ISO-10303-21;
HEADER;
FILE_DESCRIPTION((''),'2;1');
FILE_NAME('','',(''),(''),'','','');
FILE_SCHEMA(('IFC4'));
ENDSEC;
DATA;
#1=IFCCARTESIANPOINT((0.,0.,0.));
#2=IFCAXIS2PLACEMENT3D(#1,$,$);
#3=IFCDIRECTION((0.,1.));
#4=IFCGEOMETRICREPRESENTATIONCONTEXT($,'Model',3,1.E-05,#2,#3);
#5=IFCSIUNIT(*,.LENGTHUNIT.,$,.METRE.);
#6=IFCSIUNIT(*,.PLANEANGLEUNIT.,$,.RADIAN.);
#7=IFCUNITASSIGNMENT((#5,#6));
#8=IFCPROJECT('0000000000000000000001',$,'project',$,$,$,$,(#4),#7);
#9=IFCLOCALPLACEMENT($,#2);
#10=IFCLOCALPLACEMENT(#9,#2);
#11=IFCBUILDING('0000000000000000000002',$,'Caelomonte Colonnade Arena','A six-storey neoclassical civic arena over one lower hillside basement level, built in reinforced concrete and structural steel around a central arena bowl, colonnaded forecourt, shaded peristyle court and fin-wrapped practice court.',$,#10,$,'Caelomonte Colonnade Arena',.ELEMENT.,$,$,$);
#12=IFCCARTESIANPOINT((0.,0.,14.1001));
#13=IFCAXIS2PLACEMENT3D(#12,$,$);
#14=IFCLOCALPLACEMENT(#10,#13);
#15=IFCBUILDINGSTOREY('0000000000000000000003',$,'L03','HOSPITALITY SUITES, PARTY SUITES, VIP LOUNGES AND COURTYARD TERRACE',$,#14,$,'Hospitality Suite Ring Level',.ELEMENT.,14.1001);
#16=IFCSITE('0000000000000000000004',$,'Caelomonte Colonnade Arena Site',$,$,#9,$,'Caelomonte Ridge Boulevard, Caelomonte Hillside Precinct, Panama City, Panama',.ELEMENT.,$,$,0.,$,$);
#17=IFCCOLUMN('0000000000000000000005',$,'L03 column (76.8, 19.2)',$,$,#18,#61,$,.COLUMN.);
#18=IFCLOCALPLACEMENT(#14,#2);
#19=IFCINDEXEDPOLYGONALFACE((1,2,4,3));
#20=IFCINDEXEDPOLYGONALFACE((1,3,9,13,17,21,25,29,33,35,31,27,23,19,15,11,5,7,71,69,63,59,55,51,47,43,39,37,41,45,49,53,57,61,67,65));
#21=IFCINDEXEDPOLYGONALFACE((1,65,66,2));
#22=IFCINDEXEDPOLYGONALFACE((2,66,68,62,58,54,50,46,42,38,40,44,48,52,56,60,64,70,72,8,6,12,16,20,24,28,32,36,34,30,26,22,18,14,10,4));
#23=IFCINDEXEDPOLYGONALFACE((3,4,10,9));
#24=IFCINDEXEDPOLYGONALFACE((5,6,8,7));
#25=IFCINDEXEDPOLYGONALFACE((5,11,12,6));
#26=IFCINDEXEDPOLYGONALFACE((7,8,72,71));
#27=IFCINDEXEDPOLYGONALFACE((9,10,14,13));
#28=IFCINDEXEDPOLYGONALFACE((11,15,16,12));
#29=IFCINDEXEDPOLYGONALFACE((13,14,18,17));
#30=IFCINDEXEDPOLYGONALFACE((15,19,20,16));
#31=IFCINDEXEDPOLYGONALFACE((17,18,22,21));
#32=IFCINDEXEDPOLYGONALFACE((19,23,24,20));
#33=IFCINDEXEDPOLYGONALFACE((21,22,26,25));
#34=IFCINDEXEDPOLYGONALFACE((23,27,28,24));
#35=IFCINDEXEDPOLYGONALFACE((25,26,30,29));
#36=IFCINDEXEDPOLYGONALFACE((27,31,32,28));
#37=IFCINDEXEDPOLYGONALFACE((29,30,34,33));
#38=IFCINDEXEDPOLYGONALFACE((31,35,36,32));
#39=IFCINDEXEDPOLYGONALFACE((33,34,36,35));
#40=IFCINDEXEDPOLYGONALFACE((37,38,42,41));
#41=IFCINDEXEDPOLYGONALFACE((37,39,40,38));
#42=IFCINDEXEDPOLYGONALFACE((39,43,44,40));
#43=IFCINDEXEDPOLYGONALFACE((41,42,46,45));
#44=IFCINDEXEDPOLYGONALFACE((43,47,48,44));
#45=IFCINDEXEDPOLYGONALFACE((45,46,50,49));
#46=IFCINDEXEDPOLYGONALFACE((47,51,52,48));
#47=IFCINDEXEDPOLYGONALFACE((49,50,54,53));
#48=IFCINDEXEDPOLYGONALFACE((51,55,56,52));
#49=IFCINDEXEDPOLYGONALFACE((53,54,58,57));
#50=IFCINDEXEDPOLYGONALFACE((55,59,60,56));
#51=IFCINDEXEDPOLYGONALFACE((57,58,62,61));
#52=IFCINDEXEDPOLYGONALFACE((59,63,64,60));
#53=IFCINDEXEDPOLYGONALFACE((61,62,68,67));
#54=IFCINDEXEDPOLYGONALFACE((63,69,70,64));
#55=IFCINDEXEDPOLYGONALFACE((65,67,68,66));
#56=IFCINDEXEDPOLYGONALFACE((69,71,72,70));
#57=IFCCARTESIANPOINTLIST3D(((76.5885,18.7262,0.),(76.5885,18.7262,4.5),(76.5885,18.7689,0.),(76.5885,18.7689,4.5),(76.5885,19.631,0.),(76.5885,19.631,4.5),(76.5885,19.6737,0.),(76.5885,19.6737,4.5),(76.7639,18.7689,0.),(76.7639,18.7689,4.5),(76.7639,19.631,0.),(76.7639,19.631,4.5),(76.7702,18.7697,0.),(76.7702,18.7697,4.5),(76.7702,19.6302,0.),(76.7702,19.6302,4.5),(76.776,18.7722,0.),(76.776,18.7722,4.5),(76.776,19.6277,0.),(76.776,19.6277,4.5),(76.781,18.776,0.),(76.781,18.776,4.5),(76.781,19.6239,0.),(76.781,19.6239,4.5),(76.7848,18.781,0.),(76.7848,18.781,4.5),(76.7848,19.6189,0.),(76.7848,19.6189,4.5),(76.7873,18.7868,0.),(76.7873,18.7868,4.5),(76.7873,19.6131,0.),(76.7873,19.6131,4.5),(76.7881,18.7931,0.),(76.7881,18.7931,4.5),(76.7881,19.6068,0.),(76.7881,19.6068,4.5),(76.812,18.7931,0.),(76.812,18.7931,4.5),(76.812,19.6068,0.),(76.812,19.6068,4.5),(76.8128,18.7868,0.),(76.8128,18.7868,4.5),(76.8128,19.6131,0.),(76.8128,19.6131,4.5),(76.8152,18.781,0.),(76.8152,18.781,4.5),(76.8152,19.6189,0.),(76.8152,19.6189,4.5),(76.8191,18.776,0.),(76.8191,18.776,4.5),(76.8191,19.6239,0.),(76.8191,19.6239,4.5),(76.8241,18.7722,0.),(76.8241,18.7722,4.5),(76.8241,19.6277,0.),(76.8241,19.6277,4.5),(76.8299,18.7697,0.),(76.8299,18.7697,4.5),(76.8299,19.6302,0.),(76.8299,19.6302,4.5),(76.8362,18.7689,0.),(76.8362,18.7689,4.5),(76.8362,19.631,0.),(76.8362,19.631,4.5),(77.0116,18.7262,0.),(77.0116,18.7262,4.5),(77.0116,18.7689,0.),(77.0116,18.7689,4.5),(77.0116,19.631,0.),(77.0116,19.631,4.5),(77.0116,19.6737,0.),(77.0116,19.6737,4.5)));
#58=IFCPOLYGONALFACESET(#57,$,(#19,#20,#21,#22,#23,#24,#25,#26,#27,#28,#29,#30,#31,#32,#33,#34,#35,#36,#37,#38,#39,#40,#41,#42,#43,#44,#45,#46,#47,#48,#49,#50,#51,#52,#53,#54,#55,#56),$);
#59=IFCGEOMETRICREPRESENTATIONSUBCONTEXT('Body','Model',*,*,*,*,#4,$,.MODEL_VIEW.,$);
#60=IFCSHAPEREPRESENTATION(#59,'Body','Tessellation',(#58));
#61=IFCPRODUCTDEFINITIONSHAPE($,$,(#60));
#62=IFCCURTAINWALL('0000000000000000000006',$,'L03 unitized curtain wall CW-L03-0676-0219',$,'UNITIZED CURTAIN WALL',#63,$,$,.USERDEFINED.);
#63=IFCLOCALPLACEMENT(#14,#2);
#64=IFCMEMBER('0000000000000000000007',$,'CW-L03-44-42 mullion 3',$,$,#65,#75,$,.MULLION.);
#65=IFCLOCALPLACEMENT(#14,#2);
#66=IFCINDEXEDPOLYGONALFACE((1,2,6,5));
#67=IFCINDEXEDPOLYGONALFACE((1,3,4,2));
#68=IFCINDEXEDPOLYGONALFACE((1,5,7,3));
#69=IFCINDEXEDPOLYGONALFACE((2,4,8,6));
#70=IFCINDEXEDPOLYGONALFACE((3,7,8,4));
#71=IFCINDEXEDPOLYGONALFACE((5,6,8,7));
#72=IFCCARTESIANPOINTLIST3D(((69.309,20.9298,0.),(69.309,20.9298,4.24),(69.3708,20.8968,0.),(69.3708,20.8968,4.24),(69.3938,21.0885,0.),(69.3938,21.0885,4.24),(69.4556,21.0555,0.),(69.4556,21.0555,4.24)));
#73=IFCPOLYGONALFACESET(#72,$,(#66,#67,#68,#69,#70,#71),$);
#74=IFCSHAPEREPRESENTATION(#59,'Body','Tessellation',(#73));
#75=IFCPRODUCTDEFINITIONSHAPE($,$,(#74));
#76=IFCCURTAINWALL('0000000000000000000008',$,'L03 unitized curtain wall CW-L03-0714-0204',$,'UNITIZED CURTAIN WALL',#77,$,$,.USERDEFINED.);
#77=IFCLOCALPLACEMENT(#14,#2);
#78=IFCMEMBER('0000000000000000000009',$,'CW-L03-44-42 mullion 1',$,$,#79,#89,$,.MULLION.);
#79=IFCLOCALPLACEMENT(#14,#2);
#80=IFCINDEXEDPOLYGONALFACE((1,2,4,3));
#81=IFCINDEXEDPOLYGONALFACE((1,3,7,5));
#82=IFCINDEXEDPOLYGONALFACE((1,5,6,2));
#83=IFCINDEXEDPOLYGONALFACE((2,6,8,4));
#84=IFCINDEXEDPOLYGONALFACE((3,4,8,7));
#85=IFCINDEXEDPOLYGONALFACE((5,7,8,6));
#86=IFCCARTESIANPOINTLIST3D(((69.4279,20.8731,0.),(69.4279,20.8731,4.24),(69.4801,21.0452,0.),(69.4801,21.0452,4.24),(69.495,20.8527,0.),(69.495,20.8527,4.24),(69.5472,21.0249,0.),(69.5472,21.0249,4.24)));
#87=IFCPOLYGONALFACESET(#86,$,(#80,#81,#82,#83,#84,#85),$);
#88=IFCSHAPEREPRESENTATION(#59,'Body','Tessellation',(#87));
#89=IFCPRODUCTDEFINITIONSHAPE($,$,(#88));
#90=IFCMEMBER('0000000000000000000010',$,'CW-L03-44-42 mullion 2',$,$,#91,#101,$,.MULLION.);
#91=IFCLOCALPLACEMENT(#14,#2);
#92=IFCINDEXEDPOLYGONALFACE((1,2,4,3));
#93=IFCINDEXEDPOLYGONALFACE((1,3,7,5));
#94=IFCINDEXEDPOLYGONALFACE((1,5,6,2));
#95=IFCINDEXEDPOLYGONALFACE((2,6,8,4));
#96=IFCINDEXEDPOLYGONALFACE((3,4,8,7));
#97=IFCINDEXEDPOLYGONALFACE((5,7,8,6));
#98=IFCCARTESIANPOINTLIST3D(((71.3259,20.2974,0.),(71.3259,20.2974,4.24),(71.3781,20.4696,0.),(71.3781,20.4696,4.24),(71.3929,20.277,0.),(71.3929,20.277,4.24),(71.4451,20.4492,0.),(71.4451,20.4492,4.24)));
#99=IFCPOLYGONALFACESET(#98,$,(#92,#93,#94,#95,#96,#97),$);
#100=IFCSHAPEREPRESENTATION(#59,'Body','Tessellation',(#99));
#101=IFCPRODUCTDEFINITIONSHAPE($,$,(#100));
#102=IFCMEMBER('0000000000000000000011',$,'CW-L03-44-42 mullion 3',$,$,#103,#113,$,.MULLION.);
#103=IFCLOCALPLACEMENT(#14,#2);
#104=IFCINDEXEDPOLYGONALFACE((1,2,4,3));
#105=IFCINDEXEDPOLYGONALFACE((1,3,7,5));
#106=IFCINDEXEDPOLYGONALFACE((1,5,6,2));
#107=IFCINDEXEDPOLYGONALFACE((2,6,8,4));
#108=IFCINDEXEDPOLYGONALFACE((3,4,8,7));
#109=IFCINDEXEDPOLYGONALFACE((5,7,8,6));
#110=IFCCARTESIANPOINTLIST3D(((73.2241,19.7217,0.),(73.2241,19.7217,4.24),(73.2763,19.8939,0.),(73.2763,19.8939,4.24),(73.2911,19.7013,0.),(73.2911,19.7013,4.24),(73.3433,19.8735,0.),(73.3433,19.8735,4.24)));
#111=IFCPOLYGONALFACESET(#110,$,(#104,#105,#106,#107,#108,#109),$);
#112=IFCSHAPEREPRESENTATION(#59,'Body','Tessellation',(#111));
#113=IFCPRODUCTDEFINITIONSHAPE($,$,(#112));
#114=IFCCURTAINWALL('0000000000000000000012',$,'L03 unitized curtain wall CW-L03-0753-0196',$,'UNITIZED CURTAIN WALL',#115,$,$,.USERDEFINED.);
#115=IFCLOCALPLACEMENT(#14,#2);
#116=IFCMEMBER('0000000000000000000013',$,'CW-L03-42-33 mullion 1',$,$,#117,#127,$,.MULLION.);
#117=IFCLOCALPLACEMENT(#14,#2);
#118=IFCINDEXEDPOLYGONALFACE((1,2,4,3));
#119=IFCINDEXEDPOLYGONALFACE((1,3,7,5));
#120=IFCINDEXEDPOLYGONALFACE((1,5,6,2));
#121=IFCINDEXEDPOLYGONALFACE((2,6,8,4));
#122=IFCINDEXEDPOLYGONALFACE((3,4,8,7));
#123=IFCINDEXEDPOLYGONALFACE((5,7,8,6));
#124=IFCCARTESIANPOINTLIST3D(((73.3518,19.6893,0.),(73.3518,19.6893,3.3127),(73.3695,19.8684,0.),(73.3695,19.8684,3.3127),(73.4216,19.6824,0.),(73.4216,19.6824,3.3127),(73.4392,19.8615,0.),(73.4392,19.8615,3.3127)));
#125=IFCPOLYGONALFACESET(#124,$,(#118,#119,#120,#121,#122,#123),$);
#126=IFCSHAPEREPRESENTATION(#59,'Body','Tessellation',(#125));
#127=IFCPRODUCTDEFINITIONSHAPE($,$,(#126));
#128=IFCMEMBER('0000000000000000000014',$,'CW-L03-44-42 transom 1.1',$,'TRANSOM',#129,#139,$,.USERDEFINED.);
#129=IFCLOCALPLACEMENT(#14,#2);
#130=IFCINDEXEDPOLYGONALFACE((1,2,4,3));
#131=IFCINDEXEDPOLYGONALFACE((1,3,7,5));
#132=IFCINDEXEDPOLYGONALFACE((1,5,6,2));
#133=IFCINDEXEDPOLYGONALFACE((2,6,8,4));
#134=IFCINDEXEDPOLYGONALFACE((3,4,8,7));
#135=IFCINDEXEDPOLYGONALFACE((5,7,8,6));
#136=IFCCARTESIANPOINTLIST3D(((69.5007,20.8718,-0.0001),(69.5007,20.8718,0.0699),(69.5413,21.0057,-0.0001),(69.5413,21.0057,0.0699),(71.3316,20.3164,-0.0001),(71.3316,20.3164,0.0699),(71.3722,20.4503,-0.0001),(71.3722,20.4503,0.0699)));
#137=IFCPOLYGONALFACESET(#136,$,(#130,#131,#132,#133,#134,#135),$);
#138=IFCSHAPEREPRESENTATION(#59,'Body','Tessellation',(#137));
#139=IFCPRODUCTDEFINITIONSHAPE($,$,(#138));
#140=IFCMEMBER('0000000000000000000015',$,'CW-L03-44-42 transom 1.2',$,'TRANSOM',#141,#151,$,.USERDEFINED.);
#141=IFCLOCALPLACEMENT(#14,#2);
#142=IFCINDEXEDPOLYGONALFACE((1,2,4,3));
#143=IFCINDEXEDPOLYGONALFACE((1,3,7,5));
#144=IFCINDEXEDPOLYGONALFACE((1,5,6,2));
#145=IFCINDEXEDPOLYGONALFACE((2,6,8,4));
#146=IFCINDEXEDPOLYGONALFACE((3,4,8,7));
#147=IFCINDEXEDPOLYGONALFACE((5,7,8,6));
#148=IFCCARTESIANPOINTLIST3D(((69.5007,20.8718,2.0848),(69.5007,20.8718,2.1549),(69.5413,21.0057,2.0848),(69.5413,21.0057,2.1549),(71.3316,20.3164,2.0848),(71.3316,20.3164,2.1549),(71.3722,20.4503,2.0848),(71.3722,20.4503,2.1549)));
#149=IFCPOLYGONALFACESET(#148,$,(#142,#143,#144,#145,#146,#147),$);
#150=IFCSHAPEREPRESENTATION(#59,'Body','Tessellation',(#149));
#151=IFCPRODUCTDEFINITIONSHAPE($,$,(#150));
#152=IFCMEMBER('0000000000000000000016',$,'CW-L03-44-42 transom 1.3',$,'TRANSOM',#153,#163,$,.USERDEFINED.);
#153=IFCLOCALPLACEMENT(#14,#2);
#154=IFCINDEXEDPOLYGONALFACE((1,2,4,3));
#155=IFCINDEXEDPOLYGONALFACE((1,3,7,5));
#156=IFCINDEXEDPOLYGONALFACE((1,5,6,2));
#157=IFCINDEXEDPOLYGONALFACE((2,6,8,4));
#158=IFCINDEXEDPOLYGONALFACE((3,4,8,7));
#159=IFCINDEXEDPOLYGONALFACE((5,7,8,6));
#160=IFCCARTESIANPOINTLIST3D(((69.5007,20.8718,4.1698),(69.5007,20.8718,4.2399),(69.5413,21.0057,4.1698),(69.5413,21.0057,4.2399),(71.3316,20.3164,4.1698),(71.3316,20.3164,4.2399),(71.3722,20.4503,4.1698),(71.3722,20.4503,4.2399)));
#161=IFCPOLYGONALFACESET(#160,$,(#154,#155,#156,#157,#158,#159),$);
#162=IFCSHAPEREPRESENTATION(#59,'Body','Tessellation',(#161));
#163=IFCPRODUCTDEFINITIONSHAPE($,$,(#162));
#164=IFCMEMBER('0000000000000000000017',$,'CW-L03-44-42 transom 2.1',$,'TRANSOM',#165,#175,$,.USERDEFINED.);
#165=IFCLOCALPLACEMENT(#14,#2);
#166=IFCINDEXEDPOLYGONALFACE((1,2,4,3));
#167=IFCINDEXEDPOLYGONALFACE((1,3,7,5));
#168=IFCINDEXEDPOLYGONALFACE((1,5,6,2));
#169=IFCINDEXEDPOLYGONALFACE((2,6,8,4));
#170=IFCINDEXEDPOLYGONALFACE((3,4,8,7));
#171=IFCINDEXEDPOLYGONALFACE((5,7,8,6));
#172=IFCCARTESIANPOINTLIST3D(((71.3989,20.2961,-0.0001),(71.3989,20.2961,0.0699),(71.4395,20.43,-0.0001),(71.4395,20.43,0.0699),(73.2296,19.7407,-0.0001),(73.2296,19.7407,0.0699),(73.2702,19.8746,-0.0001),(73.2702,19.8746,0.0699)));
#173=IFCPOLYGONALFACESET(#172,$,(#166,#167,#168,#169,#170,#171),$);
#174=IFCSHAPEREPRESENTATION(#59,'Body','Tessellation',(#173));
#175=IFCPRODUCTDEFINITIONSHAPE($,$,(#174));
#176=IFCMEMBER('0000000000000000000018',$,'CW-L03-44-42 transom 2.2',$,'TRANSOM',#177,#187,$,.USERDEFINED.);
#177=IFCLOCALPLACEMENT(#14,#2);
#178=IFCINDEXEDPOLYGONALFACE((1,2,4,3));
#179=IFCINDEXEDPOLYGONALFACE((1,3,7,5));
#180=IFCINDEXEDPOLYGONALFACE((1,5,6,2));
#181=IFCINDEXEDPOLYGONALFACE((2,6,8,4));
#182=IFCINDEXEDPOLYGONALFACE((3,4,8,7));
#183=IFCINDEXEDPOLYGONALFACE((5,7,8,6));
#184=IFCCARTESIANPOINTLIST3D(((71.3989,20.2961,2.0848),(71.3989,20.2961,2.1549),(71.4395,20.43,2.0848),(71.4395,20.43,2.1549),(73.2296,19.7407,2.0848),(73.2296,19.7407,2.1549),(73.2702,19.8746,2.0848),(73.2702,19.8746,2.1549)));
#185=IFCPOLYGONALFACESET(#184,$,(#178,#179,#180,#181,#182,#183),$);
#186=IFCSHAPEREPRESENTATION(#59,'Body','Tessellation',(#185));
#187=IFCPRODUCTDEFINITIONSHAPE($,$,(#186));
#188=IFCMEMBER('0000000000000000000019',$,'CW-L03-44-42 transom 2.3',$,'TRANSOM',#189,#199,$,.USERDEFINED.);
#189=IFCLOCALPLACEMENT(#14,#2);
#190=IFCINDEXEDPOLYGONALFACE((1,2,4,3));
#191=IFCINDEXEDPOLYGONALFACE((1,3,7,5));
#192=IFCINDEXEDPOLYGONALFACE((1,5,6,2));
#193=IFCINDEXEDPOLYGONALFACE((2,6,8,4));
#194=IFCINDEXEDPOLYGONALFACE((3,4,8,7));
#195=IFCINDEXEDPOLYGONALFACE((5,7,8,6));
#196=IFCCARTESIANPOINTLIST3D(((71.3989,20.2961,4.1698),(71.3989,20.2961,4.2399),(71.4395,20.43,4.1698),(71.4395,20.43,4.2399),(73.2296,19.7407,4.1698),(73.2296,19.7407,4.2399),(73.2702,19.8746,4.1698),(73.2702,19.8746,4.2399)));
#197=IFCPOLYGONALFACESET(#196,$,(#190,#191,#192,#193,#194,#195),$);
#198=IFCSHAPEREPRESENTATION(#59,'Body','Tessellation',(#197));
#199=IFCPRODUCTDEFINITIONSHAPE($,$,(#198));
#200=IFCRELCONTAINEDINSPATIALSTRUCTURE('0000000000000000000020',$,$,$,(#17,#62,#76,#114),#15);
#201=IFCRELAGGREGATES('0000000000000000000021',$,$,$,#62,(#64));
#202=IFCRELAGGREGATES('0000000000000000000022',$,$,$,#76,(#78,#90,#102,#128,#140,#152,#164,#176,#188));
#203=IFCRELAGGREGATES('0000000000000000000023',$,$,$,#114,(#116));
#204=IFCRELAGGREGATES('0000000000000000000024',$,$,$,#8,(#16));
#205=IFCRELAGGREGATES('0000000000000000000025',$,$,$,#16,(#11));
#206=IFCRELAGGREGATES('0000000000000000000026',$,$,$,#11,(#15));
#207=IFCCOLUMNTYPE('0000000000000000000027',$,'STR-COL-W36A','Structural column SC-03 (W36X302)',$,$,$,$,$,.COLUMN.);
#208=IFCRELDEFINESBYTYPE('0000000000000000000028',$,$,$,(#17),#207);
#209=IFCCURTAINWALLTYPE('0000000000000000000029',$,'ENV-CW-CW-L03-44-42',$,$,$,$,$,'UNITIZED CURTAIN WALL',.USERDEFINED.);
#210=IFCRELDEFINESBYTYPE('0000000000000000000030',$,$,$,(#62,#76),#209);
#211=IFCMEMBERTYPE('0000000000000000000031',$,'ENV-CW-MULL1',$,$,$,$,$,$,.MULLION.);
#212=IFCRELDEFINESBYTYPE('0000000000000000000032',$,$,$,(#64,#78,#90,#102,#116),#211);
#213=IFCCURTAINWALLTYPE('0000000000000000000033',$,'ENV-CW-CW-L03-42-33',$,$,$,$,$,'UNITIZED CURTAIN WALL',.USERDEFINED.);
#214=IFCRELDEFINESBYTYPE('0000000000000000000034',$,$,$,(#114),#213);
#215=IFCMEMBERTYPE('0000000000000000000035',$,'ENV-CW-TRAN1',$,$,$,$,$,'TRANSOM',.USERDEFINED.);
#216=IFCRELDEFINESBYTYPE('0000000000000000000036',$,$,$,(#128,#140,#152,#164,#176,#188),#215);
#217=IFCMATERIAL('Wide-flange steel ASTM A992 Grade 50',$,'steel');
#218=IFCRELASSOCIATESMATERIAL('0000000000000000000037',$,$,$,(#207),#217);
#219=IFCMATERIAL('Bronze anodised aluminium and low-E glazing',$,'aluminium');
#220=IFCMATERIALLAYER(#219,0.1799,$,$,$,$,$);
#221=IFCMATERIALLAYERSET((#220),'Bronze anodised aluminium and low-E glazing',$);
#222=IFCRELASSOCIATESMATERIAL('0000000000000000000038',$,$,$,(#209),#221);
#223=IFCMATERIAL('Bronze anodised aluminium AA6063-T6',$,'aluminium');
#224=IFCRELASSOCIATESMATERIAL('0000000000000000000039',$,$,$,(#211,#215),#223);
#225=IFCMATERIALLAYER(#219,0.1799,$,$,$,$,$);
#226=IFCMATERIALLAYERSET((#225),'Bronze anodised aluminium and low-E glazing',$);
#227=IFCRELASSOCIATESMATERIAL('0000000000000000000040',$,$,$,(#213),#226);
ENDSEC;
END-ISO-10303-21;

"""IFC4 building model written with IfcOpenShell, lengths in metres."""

from ifc_helpers import new_model, si_unit, direction, frame, origin, origin_2d, place, context, subcontext, project, spatial, rectangle, i_section, extrude, material, layer, layer_set, material_profile, profile_set, type_object, element, aggregate, save


model = new_model("IFC4")

# Units and contexts
model_context = context("Model", 3, precision=1e-05, world=origin(), true_north=direction((0.0, 1.0)))
body_context = subcontext(model_context, "Body", "Model", "MODEL_VIEW")
ifc_project = project(units=[si_unit("LENGTHUNIT", "METRE"), si_unit("PLANEANGLEUNIT", "RADIAN")], contexts=[model_context])

# Site, building, storey
site_placement = place(None, origin())
site = spatial("IfcSite", under=ifc_project, at=site_placement, Name="Caelomonte Colonnade Arena Site", LongName="Caelomonte Ridge Boulevard, Caelomonte Hillside Precinct, Panama City, Panama", CompositionType="ELEMENT", RefElevation=0.0)
building_placement = place(site_placement, origin())
building = spatial("IfcBuilding", under=site, at=building_placement, Name="Caelomonte Colonnade Arena", Description="A six-storey neoclassical civic arena over one lower hillside basement level, built in reinforced concrete and structural steel around a central arena bowl, colonnaded forecourt, shaded peristyle court and fin-wrapped practice court.", LongName="Caelomonte Colonnade Arena", CompositionType="ELEMENT")
storey_placement = place(building_placement, frame((0.0, 0.0, 14.1001)))
storey = spatial("IfcBuildingStorey", under=building, at=storey_placement, Name="L03", Description="HOSPITALITY SUITES, PARTY SUITES, VIP LOUNGES AND COURTYARD TERRACE", LongName="Hospitality Suite Ring Level", CompositionType="ELEMENT", Elevation=14.1001)

# Column
ifc_material_1 = material(Name="Wide-flange steel ASTM A992 Grade 50", Category="steel")
ifc_material_profile_1 = material_profile(ifc_material_1, i_section(OverallWidth=0.4231, OverallDepth=0.9475, WebThickness=0.0239, FlangeThickness=0.0427, FilletRadius=0.0242, at=origin_2d()), Name="W36X302")
ifc_profile_set_1 = profile_set([ifc_material_profile_1], Name="Wide-flange steel ASTM A992 Grade 50")
column_type = type_object("IfcColumnType", Name="STR-COL-W36A", Description="Structural column SC-03 (W36X302)", PredefinedType="COLUMN", material=ifc_profile_set_1)
column_placement = place(storey_placement, frame((76.8, 19.2, 0.0), z_axis=(0.0, 0.0, 1.0), x_axis=(1.0, 0.0, 0.0)))
element("IfcColumn", 1, at=column_placement, inside=storey, type_object=column_type, Name="L03 column (76.8, 19.2)", PredefinedType="COLUMN", context=body_context, shape_type="SweptSolid", body=[
    extrude(i_section(OverallWidth=0.4231, OverallDepth=0.9475, WebThickness=0.0239, FlangeThickness=0.0427, FilletRadius=0.0242, at=origin_2d()), origin(), (0.0, 0.0, 1.0), 4.5),
])

# Curtain wall, member
ifc_material_2 = material(Name="Bronze anodised aluminium and low-E glazing", Category="aluminium")
ifc_layer_1 = layer(ifc_material_2, 0.1799)
ifc_layer_set_1 = layer_set([ifc_layer_1], Name="Bronze anodised aluminium and low-E glazing")
curtain_wall_type_1 = type_object("IfcCurtainWallType", Name="ENV-CW-CW-L03-44-42", ElementType="UNITIZED CURTAIN WALL", PredefinedType="USERDEFINED", material=ifc_layer_set_1)
curtain_wall_1_placement = place(storey_placement, origin())
curtain_wall_1 = element("IfcCurtainWall", 2, at=curtain_wall_1_placement, inside=storey, type_object=curtain_wall_type_1, Name="L03 unitized curtain wall CW-L03-0676-0219", ObjectType="UNITIZED CURTAIN WALL", PredefinedType="USERDEFINED")
ifc_material_3 = material(Name="Bronze anodised aluminium AA6063-T6", Category="aluminium")
ifc_material_profile_2 = material_profile(ifc_material_3, rectangle(XDim=0.0701, YDim=0.1799, at=origin_2d()), Name="CWM-70X180")
ifc_profile_set_2 = profile_set([ifc_material_profile_2], Name="Bronze anodised aluminium AA6063-T6")
member_type_1 = type_object("IfcMemberType", Name="ENV-CW-MULL1", PredefinedType="MULLION", material=ifc_profile_set_2)
member_1_placement = place(storey_placement, frame((69.3823, 20.9927, 0.0), z_axis=(0.0, 0.0, 1.0), x_axis=(0.881923, -0.471394, 0.0)))
member_1 = element("IfcMember", 3, at=member_1_placement, type_object=member_type_1, Name="CW-L03-44-42 mullion 3", PredefinedType="MULLION", context=body_context, shape_type="SweptSolid", body=[
    extrude(rectangle(XDim=0.0701, YDim=0.1799, at=origin_2d()), origin(), (0.0, 0.0, 1.0), 4.24),
])

# Curtain wall, members
curtain_wall_2_placement = place(storey_placement, origin())
curtain_wall_2 = element("IfcCurtainWall", 4, at=curtain_wall_2_placement, inside=storey, type_object=curtain_wall_type_1, Name="L03 unitized curtain wall CW-L03-0714-0204", ObjectType="UNITIZED CURTAIN WALL", PredefinedType="USERDEFINED")
member_2_placement = place(storey_placement, frame((69.4875, 20.949, 0.0), z_axis=(0.0, 0.0, 1.0), x_axis=(0.956949, -0.290256, 0.0)))
member_2 = element("IfcMember", 5, at=member_2_placement, type_object=member_type_1, Name="CW-L03-44-42 mullion 1", PredefinedType="MULLION", context=body_context, shape_type="SweptSolid", body=[
    extrude(rectangle(XDim=0.0701, YDim=0.1799, at=origin_2d()), origin(), (0.0, 0.0, 1.0), 4.24),
])
member_3_placement = place(storey_placement, frame((71.3855, 20.3733, 0.0), z_axis=(0.0, 0.0, 1.0), x_axis=(0.956949, -0.290256, 0.0)))
member_3 = element("IfcMember", 6, at=member_3_placement, type_object=member_type_1, Name="CW-L03-44-42 mullion 2", PredefinedType="MULLION", context=body_context, shape_type="SweptSolid", body=[
    extrude(rectangle(XDim=0.0701, YDim=0.1799, at=origin_2d()), origin(), (0.0, 0.0, 1.0), 4.24),
])
member_4_placement = place(storey_placement, frame((73.2837, 19.7976, 0.0), z_axis=(0.0, 0.0, 1.0), x_axis=(0.956949, -0.290256, 0.0)))
member_4 = element("IfcMember", 7, at=member_4_placement, type_object=member_type_1, Name="CW-L03-44-42 mullion 3", PredefinedType="MULLION", context=body_context, shape_type="SweptSolid", body=[
    extrude(rectangle(XDim=0.0701, YDim=0.1799, at=origin_2d()), origin(), (0.0, 0.0, 1.0), 4.24),
])

# Curtain wall, member
ifc_layer_2 = layer(ifc_material_2, 0.1799)
ifc_layer_set_2 = layer_set([ifc_layer_2], Name="Bronze anodised aluminium and low-E glazing")
curtain_wall_type_2 = type_object("IfcCurtainWallType", Name="ENV-CW-CW-L03-42-33", ElementType="UNITIZED CURTAIN WALL", PredefinedType="USERDEFINED", material=ifc_layer_set_2)
curtain_wall_3_placement = place(storey_placement, origin())
curtain_wall_3 = element("IfcCurtainWall", 8, at=curtain_wall_3_placement, inside=storey, type_object=curtain_wall_type_2, Name="L03 unitized curtain wall CW-L03-0753-0196", ObjectType="UNITIZED CURTAIN WALL", PredefinedType="USERDEFINED")
member_5_placement = place(storey_placement, frame((73.3955, 19.7754, 0.0), z_axis=(0.0, 0.0, 1.0), x_axis=(0.995184, -0.09802, 0.0)))
member_5 = element("IfcMember", 9, at=member_5_placement, type_object=member_type_1, Name="CW-L03-42-33 mullion 1", PredefinedType="MULLION", context=body_context, shape_type="SweptSolid", body=[
    extrude(rectangle(XDim=0.0701, YDim=0.1799, at=origin_2d()), origin(), (0.0, 0.0, 1.0), 3.3127),
])

# Members
ifc_material_profile_3 = material_profile(ifc_material_3, rectangle(XDim=0.0701, YDim=0.1399, at=origin_2d()), Name="CWT-70X140")
ifc_profile_set_3 = profile_set([ifc_material_profile_3], Name="Bronze anodised aluminium AA6063-T6")
member_type_2 = type_object("IfcMemberType", Name="ENV-CW-TRAN1", ElementType="TRANSOM", PredefinedType="USERDEFINED", material=ifc_profile_set_3)
member_6_placement = place(storey_placement, frame((69.521, 20.9387, 0.0349), z_axis=(0.956944, -0.290273, 0.0), x_axis=(0.0, 0.0, 1.0)))
member_6 = element("IfcMember", 10, at=member_6_placement, type_object=member_type_2, Name="CW-L03-44-42 transom 1.1", ObjectType="TRANSOM", PredefinedType="USERDEFINED", context=body_context, shape_type="SweptSolid", body=[
    extrude(rectangle(XDim=0.0701, YDim=0.1399, at=origin_2d()), origin(), (0.0, 0.0, 1.0), 1.9133),
])
member_7_placement = place(storey_placement, frame((69.521, 20.9387, 2.1199), z_axis=(0.956944, -0.290273, 0.0), x_axis=(0.0, 0.0, 1.0)))
member_7 = element("IfcMember", 11, at=member_7_placement, type_object=member_type_2, Name="CW-L03-44-42 transom 1.2", ObjectType="TRANSOM", PredefinedType="USERDEFINED", context=body_context, shape_type="SweptSolid", body=[
    extrude(rectangle(XDim=0.0701, YDim=0.1399, at=origin_2d()), origin(), (0.0, 0.0, 1.0), 1.9133),
])
member_8_placement = place(storey_placement, frame((69.521, 20.9387, 4.2048), z_axis=(0.956944, -0.290273, 0.0), x_axis=(0.0, 0.0, 1.0)))
member_8 = element("IfcMember", 12, at=member_8_placement, type_object=member_type_2, Name="CW-L03-44-42 transom 1.3", ObjectType="TRANSOM", PredefinedType="USERDEFINED", context=body_context, shape_type="SweptSolid", body=[
    extrude(rectangle(XDim=0.0701, YDim=0.1399, at=origin_2d()), origin(), (0.0, 0.0, 1.0), 1.9133),
])
member_9_placement = place(storey_placement, frame((71.4192, 20.363, 0.0349), z_axis=(0.956933, -0.290308, 0.0), x_axis=(0.0, 0.0, 1.0)))
member_9 = element("IfcMember", 13, at=member_9_placement, type_object=member_type_2, Name="CW-L03-44-42 transom 2.1", ObjectType="TRANSOM", PredefinedType="USERDEFINED", context=body_context, shape_type="SweptSolid", body=[
    extrude(rectangle(XDim=0.0701, YDim=0.1399, at=origin_2d()), origin(), (0.0, 0.0, 1.0), 1.9131),
])
member_10_placement = place(storey_placement, frame((71.4192, 20.363, 2.1199), z_axis=(0.956933, -0.290308, 0.0), x_axis=(0.0, 0.0, 1.0)))
member_10 = element("IfcMember", 14, at=member_10_placement, type_object=member_type_2, Name="CW-L03-44-42 transom 2.2", ObjectType="TRANSOM", PredefinedType="USERDEFINED", context=body_context, shape_type="SweptSolid", body=[
    extrude(rectangle(XDim=0.0701, YDim=0.1399, at=origin_2d()), origin(), (0.0, 0.0, 1.0), 1.9131),
])
member_11_placement = place(storey_placement, frame((71.4192, 20.363, 4.2048), z_axis=(0.956933, -0.290308, 0.0), x_axis=(0.0, 0.0, 1.0)))
member_11 = element("IfcMember", 15, at=member_11_placement, type_object=member_type_2, Name="CW-L03-44-42 transom 2.3", ObjectType="TRANSOM", PredefinedType="USERDEFINED", context=body_context, shape_type="SweptSolid", body=[
    extrude(rectangle(XDim=0.0701, YDim=0.1399, at=origin_2d()), origin(), (0.0, 0.0, 1.0), 1.9131),
])

aggregate(curtain_wall_1, [member_1])
aggregate(curtain_wall_2, [member_2, member_3, member_4, member_6, member_7, member_8, member_9, member_10, member_11])
aggregate(curtain_wall_3, [member_5])

save(model, "model.ifc")
